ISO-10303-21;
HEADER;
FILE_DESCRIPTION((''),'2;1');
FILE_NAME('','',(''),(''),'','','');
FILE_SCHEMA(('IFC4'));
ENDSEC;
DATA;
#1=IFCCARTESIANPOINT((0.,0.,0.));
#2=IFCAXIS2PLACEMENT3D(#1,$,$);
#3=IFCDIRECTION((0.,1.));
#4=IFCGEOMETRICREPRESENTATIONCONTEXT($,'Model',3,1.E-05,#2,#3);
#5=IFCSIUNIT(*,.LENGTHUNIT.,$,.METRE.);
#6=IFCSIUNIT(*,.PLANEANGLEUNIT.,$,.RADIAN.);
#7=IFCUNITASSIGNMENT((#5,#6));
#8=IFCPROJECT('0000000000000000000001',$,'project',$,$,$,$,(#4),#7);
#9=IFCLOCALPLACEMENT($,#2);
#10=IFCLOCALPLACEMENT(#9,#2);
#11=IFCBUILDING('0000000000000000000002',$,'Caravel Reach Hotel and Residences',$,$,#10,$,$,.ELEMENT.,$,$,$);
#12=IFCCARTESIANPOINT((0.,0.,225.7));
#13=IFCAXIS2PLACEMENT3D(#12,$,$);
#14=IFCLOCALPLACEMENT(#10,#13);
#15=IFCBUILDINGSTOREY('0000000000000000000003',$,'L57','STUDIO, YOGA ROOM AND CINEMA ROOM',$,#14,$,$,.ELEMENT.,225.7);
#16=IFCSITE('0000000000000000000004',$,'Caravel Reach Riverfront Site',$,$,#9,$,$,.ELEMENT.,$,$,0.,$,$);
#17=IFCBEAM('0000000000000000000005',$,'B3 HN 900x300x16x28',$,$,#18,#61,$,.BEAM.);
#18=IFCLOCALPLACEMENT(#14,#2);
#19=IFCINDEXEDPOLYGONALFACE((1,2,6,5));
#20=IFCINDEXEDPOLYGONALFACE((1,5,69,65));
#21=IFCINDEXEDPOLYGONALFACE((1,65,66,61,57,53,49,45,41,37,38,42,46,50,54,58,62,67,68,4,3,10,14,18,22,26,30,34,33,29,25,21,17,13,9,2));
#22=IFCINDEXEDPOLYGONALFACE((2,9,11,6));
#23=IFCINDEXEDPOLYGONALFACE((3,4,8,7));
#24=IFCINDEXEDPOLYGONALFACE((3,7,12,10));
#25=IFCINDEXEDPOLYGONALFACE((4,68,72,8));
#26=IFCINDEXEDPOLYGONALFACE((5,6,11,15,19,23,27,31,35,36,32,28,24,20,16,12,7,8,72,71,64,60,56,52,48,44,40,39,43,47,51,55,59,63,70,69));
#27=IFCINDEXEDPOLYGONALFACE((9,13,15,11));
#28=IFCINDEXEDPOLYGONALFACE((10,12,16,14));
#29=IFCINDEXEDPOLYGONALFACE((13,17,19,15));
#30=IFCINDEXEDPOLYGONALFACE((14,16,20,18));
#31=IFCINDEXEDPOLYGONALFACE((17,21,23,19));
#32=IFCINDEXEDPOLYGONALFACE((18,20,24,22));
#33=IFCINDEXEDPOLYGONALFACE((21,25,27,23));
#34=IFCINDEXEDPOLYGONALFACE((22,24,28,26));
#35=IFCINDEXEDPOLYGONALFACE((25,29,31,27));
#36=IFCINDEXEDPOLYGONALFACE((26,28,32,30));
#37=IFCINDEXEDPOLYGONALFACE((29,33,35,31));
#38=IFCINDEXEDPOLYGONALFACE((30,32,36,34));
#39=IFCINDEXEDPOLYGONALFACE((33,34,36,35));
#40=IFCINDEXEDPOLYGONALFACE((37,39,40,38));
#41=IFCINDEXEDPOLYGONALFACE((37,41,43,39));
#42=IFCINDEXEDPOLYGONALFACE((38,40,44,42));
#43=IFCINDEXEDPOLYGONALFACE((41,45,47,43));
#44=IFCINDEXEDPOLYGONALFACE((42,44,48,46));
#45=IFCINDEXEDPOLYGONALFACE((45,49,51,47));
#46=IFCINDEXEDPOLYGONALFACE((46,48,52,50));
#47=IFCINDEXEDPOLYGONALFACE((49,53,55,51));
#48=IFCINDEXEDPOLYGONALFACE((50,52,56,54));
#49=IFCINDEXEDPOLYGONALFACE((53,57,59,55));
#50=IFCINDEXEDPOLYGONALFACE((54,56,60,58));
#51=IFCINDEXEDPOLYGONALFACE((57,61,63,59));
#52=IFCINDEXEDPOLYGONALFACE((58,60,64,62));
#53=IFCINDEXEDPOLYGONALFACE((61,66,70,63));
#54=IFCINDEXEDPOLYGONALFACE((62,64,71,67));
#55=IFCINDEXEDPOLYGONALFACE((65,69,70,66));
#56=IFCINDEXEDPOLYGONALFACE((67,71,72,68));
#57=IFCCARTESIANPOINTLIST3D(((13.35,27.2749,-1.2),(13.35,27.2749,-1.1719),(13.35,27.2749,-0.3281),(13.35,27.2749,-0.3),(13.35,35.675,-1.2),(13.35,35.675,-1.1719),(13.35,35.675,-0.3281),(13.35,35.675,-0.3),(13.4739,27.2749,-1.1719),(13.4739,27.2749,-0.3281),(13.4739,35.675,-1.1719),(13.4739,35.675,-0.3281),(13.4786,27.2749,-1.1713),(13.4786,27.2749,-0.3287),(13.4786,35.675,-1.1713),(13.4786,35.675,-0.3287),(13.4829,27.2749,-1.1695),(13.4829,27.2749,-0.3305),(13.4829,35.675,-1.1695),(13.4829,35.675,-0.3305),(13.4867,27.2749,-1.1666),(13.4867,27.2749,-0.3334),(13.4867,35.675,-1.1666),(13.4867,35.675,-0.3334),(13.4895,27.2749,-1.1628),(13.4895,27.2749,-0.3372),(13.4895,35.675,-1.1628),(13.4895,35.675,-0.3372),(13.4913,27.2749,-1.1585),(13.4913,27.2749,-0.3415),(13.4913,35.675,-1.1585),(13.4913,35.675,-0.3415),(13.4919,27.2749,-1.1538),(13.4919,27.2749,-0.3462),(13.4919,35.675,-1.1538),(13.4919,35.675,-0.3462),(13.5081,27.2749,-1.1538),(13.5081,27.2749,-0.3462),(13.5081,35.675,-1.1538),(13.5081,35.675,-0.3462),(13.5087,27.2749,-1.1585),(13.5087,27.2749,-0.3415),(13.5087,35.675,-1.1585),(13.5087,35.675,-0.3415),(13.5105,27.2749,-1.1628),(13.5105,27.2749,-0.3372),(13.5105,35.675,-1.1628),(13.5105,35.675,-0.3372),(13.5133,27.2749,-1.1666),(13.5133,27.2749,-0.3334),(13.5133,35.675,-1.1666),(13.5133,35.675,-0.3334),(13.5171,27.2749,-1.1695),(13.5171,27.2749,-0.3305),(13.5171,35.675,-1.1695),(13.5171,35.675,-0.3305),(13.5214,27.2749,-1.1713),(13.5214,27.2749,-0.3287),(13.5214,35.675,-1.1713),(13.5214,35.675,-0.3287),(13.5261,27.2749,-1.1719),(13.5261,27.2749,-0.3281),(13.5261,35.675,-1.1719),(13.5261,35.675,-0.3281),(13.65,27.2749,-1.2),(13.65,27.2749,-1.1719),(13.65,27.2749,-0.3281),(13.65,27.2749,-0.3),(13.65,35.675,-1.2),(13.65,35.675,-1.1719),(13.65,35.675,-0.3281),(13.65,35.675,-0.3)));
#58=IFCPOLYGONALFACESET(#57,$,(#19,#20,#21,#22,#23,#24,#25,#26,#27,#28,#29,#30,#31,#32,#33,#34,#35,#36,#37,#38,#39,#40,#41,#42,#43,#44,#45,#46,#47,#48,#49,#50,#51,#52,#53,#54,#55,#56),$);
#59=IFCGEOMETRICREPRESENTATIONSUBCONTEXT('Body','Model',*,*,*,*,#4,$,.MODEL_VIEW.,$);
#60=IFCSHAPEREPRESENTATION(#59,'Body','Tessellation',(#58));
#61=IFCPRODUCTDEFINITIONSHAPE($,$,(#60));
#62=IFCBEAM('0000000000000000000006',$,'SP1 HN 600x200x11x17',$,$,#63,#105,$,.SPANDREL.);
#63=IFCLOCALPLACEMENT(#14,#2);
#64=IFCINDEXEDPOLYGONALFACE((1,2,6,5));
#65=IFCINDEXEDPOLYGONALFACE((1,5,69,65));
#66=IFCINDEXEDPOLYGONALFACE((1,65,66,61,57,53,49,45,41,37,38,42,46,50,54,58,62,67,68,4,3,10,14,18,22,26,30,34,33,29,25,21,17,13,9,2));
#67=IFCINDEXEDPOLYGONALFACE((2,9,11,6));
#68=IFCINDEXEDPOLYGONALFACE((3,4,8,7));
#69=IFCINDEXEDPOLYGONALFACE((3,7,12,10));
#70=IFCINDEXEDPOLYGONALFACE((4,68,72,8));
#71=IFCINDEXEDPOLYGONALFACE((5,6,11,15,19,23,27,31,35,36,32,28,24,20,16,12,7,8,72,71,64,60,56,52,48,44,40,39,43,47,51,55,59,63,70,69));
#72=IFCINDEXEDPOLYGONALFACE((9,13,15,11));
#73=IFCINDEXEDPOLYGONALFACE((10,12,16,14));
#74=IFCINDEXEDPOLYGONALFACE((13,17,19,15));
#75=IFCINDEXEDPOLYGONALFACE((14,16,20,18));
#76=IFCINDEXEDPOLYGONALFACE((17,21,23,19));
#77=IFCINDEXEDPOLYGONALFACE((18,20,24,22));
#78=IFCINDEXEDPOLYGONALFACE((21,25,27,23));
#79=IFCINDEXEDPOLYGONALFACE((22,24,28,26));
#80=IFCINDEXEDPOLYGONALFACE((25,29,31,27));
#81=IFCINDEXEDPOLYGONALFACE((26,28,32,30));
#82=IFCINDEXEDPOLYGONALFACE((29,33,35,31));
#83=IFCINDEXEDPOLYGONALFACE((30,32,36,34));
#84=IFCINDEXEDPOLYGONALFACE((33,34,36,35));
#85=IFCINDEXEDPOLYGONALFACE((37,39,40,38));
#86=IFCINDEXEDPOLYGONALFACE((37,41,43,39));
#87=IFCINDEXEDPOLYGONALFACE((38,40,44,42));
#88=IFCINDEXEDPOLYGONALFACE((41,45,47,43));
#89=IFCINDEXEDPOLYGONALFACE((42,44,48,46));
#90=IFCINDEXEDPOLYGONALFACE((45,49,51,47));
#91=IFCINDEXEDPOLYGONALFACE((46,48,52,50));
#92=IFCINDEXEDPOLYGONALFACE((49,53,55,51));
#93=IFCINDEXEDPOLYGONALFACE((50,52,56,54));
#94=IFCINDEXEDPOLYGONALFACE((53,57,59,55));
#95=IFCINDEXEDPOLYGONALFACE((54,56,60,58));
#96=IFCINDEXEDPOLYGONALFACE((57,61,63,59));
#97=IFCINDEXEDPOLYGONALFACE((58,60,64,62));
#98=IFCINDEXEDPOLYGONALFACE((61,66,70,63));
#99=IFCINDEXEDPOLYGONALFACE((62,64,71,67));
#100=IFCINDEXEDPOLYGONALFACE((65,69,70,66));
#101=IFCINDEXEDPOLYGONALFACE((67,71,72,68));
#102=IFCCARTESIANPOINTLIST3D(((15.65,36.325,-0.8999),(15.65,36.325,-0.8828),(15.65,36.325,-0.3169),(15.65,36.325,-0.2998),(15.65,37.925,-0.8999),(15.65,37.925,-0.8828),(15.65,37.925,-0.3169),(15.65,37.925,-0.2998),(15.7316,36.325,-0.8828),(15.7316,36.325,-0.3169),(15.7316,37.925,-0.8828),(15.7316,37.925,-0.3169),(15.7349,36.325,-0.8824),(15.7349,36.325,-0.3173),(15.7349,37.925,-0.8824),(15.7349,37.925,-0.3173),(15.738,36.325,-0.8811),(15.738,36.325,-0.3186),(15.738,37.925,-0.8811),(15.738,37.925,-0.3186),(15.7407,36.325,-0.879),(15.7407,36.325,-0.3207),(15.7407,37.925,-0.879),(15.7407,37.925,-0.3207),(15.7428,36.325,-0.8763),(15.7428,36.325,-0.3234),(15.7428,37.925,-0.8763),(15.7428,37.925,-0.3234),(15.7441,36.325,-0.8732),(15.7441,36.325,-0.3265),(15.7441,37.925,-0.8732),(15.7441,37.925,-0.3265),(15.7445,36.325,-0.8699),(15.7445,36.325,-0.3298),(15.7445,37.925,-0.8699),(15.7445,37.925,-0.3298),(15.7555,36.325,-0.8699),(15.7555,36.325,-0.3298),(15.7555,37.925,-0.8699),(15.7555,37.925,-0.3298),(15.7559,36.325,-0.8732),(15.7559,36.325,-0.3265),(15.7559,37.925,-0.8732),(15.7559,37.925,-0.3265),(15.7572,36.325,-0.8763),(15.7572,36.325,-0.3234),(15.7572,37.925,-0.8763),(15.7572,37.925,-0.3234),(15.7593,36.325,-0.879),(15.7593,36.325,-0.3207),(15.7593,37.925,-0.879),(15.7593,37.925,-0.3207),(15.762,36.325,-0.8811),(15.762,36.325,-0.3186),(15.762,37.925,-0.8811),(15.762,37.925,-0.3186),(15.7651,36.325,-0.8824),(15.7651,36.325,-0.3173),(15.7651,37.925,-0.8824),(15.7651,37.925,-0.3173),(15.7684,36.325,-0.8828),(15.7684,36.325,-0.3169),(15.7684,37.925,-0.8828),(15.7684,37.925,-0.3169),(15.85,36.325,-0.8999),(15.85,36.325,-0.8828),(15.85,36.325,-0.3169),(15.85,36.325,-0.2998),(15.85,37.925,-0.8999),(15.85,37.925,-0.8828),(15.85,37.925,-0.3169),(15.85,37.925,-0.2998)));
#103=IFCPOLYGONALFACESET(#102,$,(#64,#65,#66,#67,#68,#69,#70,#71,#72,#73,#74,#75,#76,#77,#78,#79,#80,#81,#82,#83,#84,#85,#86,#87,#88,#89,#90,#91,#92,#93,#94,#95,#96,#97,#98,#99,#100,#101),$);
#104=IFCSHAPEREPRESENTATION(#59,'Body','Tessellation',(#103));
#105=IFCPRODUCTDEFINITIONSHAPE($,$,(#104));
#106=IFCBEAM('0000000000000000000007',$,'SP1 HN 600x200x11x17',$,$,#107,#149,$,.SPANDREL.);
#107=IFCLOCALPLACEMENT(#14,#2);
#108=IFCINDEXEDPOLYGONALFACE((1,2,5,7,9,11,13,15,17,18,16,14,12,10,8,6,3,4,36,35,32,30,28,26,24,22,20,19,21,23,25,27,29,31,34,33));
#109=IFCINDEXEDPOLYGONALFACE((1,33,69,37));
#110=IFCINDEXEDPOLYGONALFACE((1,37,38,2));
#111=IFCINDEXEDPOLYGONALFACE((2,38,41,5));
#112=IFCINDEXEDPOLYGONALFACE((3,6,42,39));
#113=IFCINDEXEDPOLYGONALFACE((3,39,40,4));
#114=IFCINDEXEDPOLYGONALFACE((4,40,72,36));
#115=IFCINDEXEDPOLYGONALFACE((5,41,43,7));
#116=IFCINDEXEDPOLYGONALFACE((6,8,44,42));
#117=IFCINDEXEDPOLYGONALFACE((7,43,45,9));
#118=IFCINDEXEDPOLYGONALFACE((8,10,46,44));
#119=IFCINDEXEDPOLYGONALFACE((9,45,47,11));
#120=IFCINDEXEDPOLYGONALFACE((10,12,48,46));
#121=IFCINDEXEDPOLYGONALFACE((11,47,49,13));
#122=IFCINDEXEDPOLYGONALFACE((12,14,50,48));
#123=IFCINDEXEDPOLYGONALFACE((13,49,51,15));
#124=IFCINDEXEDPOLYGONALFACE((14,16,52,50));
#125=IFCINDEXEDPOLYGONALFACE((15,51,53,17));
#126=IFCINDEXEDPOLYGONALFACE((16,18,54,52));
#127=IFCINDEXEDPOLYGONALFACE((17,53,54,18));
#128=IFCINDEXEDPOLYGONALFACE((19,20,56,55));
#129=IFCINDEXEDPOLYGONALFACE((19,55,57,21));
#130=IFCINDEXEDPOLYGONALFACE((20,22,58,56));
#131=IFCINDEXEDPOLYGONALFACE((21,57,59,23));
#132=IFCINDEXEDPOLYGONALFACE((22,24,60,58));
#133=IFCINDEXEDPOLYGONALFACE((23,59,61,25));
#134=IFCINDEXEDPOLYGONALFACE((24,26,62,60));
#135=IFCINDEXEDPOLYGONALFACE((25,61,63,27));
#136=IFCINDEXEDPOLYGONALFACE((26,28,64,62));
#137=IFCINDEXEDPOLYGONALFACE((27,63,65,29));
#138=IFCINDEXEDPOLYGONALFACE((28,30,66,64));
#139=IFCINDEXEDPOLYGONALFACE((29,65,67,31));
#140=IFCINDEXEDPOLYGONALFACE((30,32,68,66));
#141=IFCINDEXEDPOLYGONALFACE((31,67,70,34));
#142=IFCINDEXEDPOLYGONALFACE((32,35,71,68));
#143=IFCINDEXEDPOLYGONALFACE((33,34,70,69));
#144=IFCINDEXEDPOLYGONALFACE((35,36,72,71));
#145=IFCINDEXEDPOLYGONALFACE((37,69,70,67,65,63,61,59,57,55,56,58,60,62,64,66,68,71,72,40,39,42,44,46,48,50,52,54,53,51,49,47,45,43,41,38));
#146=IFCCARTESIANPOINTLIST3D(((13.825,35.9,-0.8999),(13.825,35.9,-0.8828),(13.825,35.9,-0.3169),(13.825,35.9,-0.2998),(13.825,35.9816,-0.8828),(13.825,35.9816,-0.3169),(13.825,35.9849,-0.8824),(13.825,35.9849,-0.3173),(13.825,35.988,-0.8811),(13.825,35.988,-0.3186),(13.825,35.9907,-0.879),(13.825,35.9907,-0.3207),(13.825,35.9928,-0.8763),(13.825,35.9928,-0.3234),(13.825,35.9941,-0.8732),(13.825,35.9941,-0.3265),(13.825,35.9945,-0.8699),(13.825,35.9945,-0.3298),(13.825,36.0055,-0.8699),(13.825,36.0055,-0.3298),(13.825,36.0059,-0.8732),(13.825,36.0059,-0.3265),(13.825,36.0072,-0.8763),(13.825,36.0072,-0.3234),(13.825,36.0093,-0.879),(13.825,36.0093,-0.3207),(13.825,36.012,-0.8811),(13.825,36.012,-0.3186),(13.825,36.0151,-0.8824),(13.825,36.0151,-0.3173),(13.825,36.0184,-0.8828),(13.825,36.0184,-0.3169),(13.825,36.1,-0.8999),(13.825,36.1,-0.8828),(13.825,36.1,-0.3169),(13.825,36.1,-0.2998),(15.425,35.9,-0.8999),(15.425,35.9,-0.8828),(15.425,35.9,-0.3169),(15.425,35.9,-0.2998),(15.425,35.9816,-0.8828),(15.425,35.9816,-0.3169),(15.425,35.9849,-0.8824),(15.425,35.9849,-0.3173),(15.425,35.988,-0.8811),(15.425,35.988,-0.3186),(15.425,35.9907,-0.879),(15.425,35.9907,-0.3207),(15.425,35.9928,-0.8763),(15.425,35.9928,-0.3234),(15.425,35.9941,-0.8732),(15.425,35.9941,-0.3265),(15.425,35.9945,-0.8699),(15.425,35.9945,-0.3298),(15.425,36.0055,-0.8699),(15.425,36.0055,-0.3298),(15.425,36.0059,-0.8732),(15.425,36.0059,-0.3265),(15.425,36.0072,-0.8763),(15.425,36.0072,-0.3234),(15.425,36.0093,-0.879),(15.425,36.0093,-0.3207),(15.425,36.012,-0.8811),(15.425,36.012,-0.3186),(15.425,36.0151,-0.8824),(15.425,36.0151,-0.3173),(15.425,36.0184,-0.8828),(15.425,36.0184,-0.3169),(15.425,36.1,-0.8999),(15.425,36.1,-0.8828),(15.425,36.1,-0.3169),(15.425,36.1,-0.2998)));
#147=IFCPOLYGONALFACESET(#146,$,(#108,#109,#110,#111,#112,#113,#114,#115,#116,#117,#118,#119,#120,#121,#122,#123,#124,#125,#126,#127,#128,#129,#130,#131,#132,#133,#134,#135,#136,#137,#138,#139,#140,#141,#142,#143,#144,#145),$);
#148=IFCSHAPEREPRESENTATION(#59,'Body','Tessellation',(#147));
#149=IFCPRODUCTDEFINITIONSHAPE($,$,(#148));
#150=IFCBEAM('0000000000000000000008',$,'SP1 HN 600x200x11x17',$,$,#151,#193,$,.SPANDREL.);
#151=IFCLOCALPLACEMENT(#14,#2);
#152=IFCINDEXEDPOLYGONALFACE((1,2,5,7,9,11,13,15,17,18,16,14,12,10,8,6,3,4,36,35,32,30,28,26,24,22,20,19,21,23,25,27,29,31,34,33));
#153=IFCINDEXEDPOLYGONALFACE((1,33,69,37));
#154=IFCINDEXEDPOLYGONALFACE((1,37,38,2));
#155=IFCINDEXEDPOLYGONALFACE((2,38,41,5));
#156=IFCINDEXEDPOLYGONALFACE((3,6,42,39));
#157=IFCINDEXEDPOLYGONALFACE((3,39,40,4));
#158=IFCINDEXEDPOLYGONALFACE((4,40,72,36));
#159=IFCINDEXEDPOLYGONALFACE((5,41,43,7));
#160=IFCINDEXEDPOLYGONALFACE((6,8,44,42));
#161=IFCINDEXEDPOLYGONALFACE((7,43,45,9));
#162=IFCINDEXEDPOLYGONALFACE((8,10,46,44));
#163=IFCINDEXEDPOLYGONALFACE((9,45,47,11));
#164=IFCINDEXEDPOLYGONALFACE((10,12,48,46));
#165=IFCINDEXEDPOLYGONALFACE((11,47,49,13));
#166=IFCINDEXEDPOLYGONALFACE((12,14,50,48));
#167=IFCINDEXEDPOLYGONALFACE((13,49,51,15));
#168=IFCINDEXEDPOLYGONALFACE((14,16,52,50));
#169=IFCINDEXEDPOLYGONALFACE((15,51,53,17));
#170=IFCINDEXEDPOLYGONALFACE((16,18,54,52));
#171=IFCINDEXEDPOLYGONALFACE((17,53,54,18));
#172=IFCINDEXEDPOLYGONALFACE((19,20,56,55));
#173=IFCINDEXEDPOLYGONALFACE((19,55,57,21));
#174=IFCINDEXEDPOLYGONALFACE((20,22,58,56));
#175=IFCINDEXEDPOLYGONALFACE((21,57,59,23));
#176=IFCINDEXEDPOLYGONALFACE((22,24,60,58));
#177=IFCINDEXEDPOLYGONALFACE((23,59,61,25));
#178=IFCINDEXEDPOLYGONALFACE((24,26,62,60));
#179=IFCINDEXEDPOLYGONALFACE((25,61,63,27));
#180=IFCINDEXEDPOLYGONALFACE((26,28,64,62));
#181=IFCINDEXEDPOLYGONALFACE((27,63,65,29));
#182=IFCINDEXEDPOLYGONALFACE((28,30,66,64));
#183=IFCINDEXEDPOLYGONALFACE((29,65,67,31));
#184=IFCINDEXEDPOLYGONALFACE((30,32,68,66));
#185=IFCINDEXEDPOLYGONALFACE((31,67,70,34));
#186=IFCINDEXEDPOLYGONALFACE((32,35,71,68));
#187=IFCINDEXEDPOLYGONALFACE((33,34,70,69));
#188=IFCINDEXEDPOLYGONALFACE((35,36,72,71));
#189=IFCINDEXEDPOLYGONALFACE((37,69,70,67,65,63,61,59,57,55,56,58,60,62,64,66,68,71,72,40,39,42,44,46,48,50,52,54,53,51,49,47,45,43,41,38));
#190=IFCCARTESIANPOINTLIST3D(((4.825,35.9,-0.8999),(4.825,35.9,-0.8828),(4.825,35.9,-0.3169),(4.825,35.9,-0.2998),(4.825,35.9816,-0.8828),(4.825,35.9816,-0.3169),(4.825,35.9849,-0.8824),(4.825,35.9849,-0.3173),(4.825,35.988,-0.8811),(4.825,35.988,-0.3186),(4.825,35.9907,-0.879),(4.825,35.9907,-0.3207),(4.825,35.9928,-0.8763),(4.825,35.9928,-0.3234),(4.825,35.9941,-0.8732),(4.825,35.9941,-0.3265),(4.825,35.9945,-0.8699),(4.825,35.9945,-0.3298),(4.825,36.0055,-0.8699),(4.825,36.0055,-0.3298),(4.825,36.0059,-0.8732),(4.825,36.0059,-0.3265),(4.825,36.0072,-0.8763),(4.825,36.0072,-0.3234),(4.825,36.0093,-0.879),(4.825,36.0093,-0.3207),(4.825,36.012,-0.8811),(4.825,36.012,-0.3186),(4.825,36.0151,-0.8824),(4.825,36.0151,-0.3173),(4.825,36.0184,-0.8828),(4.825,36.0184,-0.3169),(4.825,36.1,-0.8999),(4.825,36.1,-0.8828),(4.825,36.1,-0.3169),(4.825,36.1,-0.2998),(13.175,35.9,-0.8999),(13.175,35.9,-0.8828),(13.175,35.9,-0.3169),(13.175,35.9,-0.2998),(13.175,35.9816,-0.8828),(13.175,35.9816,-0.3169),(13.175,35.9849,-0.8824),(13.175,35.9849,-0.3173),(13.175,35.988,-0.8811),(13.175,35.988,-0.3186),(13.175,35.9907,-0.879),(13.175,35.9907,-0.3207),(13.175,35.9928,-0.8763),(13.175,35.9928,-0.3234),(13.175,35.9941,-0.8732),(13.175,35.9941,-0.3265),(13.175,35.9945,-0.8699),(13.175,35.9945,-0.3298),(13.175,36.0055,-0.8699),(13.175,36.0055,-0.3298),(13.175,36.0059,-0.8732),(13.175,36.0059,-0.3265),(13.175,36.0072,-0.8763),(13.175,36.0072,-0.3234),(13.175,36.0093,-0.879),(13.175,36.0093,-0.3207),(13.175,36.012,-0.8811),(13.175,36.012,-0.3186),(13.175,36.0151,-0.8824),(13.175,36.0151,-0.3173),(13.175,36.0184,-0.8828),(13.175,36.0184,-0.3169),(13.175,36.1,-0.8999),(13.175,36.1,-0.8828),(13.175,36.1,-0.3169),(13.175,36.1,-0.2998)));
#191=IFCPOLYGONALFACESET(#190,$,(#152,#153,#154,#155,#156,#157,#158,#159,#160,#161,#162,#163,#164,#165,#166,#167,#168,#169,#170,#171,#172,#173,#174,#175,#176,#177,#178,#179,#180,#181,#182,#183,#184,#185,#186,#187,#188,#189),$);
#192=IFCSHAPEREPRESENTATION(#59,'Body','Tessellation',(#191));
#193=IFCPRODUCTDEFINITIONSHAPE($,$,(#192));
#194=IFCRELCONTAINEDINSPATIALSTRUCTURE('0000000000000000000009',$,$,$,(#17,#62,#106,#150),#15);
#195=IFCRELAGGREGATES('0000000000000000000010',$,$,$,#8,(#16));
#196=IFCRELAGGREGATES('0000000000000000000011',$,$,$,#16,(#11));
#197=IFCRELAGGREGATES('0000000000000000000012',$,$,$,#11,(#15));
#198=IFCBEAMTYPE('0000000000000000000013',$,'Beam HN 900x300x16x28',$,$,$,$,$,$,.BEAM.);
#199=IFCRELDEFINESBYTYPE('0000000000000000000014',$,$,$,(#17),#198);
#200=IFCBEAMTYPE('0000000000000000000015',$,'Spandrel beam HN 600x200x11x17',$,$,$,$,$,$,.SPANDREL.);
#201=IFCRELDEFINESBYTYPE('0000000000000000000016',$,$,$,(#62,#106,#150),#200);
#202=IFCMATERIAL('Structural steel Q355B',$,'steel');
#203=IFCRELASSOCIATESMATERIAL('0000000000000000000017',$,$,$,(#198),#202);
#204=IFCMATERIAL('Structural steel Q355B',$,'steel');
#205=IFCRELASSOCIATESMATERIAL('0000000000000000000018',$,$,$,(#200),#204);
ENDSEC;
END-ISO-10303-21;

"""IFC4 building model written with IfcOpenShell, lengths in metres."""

from ifc_helpers import new_model, si_unit, direction, frame, origin, origin_2d, place, context, subcontext, project, spatial, i_section, extrude, material, material_profile, profile_set, type_object, element, save


model = new_model("IFC4")

# Units and contexts
model_context = context("Model", 3, precision=1e-05, world=origin(), true_north=direction((0.0, 1.0)))
body_context = subcontext(model_context, "Body", "Model", "MODEL_VIEW")
ifc_project = project(units=[si_unit("LENGTHUNIT", "METRE"), si_unit("PLANEANGLEUNIT", "RADIAN")], contexts=[model_context])

# Site, building, storey
site_placement = place(None, origin())
site = spatial("IfcSite", under=ifc_project, at=site_placement, Name="Caravel Reach Riverfront Site", CompositionType="ELEMENT", RefElevation=0.0)
building_placement = place(site_placement, origin())
building = spatial("IfcBuilding", under=site, at=building_placement, Name="Caravel Reach Hotel and Residences", CompositionType="ELEMENT")
storey_placement = place(building_placement, frame((0.0, 0.0, 225.7)))
storey = spatial("IfcBuildingStorey", under=building, at=storey_placement, Name="L57", Description="STUDIO, YOGA ROOM AND CINEMA ROOM", CompositionType="ELEMENT", Elevation=225.7)

# Beams
ifc_material_1 = material(Name="Structural steel Q355B", Category="steel")
ifc_material_profile_1 = material_profile(ifc_material_1, i_section(OverallWidth=0.3, OverallDepth=0.8999, WebThickness=0.0161, FlangeThickness=0.0281, FilletRadius=0.0181, at=origin_2d()), Name="HN 900x300x16x28")
ifc_profile_set_1 = profile_set([ifc_material_profile_1], Name="Structural steel Q355B")
beam_type_1 = type_object("IfcBeamType", Name="Beam HN 900x300x16x28", PredefinedType="BEAM", material=ifc_profile_set_1)
beam_1_placement = place(storey_placement, frame((13.5, 27.2749, -0.75), z_axis=(0.0, 1.0, 0.0), x_axis=(-1.0, 0.0, 0.0)))
element("IfcBeam", 1, at=beam_1_placement, inside=storey, type_object=beam_type_1, Name="B3 HN 900x300x16x28", PredefinedType="BEAM", context=body_context, shape_type="SweptSolid", body=[
    extrude(i_section(OverallWidth=0.3, OverallDepth=0.8999, WebThickness=0.0161, FlangeThickness=0.0281, FilletRadius=0.0181, at=origin_2d()), origin(), (0.0, 0.0, 1.0), 8.4001),
])
ifc_material_2 = material(Name="Structural steel Q355B", Category="steel")
ifc_material_profile_2 = material_profile(ifc_material_2, i_section(OverallWidth=0.2, OverallDepth=0.6001, WebThickness=0.011, FlangeThickness=0.0171, FilletRadius=0.0129, at=origin_2d()), Name="HN 600x200x11x17")
ifc_profile_set_2 = profile_set([ifc_material_profile_2], Name="Structural steel Q355B")
beam_type_2 = type_object("IfcBeamType", Name="Spandrel beam HN 600x200x11x17", PredefinedType="SPANDREL", material=ifc_profile_set_2)
for number, where, z_axis, x_axis, name in (
    (2, (15.75, 37.925, -0.5999), (0.0, -1.0, 0.0), (1.0, 0.0, 0.0), "SP1 HN 600x200x11x17"),
    (3, (15.425, 36.0, -0.5999), (-1.0, 0.0, 0.0), (0.0, -1.0, 0.0), "SP1 HN 600x200x11x17"),
):
    element("IfcBeam", number, at=place(storey_placement, frame(where, z_axis=z_axis, x_axis=x_axis)), inside=storey, type_object=beam_type_2, Name=name, PredefinedType="SPANDREL", context=body_context, shape_type="SweptSolid", body=[
        extrude(i_section(OverallWidth=0.2, OverallDepth=0.6001, WebThickness=0.011, FlangeThickness=0.0171, FilletRadius=0.0129, at=origin_2d()), origin(), (0.0, 0.0, 1.0), 1.6001),
    ])
beam_2_placement = place(storey_placement, frame((13.175, 36.0, -0.5999), z_axis=(-1.0, 0.0, 0.0), x_axis=(0.0, -1.0, 0.0)))
element("IfcBeam", 4, at=beam_2_placement, inside=storey, type_object=beam_type_2, Name="SP1 HN 600x200x11x17", PredefinedType="SPANDREL", context=body_context, shape_type="SweptSolid", body=[
    extrude(i_section(OverallWidth=0.2, OverallDepth=0.6001, WebThickness=0.011, FlangeThickness=0.0171, FilletRadius=0.0129, at=origin_2d()), origin(), (0.0, 0.0, 1.0), 8.3501),
])

save(model, "model.ifc")
